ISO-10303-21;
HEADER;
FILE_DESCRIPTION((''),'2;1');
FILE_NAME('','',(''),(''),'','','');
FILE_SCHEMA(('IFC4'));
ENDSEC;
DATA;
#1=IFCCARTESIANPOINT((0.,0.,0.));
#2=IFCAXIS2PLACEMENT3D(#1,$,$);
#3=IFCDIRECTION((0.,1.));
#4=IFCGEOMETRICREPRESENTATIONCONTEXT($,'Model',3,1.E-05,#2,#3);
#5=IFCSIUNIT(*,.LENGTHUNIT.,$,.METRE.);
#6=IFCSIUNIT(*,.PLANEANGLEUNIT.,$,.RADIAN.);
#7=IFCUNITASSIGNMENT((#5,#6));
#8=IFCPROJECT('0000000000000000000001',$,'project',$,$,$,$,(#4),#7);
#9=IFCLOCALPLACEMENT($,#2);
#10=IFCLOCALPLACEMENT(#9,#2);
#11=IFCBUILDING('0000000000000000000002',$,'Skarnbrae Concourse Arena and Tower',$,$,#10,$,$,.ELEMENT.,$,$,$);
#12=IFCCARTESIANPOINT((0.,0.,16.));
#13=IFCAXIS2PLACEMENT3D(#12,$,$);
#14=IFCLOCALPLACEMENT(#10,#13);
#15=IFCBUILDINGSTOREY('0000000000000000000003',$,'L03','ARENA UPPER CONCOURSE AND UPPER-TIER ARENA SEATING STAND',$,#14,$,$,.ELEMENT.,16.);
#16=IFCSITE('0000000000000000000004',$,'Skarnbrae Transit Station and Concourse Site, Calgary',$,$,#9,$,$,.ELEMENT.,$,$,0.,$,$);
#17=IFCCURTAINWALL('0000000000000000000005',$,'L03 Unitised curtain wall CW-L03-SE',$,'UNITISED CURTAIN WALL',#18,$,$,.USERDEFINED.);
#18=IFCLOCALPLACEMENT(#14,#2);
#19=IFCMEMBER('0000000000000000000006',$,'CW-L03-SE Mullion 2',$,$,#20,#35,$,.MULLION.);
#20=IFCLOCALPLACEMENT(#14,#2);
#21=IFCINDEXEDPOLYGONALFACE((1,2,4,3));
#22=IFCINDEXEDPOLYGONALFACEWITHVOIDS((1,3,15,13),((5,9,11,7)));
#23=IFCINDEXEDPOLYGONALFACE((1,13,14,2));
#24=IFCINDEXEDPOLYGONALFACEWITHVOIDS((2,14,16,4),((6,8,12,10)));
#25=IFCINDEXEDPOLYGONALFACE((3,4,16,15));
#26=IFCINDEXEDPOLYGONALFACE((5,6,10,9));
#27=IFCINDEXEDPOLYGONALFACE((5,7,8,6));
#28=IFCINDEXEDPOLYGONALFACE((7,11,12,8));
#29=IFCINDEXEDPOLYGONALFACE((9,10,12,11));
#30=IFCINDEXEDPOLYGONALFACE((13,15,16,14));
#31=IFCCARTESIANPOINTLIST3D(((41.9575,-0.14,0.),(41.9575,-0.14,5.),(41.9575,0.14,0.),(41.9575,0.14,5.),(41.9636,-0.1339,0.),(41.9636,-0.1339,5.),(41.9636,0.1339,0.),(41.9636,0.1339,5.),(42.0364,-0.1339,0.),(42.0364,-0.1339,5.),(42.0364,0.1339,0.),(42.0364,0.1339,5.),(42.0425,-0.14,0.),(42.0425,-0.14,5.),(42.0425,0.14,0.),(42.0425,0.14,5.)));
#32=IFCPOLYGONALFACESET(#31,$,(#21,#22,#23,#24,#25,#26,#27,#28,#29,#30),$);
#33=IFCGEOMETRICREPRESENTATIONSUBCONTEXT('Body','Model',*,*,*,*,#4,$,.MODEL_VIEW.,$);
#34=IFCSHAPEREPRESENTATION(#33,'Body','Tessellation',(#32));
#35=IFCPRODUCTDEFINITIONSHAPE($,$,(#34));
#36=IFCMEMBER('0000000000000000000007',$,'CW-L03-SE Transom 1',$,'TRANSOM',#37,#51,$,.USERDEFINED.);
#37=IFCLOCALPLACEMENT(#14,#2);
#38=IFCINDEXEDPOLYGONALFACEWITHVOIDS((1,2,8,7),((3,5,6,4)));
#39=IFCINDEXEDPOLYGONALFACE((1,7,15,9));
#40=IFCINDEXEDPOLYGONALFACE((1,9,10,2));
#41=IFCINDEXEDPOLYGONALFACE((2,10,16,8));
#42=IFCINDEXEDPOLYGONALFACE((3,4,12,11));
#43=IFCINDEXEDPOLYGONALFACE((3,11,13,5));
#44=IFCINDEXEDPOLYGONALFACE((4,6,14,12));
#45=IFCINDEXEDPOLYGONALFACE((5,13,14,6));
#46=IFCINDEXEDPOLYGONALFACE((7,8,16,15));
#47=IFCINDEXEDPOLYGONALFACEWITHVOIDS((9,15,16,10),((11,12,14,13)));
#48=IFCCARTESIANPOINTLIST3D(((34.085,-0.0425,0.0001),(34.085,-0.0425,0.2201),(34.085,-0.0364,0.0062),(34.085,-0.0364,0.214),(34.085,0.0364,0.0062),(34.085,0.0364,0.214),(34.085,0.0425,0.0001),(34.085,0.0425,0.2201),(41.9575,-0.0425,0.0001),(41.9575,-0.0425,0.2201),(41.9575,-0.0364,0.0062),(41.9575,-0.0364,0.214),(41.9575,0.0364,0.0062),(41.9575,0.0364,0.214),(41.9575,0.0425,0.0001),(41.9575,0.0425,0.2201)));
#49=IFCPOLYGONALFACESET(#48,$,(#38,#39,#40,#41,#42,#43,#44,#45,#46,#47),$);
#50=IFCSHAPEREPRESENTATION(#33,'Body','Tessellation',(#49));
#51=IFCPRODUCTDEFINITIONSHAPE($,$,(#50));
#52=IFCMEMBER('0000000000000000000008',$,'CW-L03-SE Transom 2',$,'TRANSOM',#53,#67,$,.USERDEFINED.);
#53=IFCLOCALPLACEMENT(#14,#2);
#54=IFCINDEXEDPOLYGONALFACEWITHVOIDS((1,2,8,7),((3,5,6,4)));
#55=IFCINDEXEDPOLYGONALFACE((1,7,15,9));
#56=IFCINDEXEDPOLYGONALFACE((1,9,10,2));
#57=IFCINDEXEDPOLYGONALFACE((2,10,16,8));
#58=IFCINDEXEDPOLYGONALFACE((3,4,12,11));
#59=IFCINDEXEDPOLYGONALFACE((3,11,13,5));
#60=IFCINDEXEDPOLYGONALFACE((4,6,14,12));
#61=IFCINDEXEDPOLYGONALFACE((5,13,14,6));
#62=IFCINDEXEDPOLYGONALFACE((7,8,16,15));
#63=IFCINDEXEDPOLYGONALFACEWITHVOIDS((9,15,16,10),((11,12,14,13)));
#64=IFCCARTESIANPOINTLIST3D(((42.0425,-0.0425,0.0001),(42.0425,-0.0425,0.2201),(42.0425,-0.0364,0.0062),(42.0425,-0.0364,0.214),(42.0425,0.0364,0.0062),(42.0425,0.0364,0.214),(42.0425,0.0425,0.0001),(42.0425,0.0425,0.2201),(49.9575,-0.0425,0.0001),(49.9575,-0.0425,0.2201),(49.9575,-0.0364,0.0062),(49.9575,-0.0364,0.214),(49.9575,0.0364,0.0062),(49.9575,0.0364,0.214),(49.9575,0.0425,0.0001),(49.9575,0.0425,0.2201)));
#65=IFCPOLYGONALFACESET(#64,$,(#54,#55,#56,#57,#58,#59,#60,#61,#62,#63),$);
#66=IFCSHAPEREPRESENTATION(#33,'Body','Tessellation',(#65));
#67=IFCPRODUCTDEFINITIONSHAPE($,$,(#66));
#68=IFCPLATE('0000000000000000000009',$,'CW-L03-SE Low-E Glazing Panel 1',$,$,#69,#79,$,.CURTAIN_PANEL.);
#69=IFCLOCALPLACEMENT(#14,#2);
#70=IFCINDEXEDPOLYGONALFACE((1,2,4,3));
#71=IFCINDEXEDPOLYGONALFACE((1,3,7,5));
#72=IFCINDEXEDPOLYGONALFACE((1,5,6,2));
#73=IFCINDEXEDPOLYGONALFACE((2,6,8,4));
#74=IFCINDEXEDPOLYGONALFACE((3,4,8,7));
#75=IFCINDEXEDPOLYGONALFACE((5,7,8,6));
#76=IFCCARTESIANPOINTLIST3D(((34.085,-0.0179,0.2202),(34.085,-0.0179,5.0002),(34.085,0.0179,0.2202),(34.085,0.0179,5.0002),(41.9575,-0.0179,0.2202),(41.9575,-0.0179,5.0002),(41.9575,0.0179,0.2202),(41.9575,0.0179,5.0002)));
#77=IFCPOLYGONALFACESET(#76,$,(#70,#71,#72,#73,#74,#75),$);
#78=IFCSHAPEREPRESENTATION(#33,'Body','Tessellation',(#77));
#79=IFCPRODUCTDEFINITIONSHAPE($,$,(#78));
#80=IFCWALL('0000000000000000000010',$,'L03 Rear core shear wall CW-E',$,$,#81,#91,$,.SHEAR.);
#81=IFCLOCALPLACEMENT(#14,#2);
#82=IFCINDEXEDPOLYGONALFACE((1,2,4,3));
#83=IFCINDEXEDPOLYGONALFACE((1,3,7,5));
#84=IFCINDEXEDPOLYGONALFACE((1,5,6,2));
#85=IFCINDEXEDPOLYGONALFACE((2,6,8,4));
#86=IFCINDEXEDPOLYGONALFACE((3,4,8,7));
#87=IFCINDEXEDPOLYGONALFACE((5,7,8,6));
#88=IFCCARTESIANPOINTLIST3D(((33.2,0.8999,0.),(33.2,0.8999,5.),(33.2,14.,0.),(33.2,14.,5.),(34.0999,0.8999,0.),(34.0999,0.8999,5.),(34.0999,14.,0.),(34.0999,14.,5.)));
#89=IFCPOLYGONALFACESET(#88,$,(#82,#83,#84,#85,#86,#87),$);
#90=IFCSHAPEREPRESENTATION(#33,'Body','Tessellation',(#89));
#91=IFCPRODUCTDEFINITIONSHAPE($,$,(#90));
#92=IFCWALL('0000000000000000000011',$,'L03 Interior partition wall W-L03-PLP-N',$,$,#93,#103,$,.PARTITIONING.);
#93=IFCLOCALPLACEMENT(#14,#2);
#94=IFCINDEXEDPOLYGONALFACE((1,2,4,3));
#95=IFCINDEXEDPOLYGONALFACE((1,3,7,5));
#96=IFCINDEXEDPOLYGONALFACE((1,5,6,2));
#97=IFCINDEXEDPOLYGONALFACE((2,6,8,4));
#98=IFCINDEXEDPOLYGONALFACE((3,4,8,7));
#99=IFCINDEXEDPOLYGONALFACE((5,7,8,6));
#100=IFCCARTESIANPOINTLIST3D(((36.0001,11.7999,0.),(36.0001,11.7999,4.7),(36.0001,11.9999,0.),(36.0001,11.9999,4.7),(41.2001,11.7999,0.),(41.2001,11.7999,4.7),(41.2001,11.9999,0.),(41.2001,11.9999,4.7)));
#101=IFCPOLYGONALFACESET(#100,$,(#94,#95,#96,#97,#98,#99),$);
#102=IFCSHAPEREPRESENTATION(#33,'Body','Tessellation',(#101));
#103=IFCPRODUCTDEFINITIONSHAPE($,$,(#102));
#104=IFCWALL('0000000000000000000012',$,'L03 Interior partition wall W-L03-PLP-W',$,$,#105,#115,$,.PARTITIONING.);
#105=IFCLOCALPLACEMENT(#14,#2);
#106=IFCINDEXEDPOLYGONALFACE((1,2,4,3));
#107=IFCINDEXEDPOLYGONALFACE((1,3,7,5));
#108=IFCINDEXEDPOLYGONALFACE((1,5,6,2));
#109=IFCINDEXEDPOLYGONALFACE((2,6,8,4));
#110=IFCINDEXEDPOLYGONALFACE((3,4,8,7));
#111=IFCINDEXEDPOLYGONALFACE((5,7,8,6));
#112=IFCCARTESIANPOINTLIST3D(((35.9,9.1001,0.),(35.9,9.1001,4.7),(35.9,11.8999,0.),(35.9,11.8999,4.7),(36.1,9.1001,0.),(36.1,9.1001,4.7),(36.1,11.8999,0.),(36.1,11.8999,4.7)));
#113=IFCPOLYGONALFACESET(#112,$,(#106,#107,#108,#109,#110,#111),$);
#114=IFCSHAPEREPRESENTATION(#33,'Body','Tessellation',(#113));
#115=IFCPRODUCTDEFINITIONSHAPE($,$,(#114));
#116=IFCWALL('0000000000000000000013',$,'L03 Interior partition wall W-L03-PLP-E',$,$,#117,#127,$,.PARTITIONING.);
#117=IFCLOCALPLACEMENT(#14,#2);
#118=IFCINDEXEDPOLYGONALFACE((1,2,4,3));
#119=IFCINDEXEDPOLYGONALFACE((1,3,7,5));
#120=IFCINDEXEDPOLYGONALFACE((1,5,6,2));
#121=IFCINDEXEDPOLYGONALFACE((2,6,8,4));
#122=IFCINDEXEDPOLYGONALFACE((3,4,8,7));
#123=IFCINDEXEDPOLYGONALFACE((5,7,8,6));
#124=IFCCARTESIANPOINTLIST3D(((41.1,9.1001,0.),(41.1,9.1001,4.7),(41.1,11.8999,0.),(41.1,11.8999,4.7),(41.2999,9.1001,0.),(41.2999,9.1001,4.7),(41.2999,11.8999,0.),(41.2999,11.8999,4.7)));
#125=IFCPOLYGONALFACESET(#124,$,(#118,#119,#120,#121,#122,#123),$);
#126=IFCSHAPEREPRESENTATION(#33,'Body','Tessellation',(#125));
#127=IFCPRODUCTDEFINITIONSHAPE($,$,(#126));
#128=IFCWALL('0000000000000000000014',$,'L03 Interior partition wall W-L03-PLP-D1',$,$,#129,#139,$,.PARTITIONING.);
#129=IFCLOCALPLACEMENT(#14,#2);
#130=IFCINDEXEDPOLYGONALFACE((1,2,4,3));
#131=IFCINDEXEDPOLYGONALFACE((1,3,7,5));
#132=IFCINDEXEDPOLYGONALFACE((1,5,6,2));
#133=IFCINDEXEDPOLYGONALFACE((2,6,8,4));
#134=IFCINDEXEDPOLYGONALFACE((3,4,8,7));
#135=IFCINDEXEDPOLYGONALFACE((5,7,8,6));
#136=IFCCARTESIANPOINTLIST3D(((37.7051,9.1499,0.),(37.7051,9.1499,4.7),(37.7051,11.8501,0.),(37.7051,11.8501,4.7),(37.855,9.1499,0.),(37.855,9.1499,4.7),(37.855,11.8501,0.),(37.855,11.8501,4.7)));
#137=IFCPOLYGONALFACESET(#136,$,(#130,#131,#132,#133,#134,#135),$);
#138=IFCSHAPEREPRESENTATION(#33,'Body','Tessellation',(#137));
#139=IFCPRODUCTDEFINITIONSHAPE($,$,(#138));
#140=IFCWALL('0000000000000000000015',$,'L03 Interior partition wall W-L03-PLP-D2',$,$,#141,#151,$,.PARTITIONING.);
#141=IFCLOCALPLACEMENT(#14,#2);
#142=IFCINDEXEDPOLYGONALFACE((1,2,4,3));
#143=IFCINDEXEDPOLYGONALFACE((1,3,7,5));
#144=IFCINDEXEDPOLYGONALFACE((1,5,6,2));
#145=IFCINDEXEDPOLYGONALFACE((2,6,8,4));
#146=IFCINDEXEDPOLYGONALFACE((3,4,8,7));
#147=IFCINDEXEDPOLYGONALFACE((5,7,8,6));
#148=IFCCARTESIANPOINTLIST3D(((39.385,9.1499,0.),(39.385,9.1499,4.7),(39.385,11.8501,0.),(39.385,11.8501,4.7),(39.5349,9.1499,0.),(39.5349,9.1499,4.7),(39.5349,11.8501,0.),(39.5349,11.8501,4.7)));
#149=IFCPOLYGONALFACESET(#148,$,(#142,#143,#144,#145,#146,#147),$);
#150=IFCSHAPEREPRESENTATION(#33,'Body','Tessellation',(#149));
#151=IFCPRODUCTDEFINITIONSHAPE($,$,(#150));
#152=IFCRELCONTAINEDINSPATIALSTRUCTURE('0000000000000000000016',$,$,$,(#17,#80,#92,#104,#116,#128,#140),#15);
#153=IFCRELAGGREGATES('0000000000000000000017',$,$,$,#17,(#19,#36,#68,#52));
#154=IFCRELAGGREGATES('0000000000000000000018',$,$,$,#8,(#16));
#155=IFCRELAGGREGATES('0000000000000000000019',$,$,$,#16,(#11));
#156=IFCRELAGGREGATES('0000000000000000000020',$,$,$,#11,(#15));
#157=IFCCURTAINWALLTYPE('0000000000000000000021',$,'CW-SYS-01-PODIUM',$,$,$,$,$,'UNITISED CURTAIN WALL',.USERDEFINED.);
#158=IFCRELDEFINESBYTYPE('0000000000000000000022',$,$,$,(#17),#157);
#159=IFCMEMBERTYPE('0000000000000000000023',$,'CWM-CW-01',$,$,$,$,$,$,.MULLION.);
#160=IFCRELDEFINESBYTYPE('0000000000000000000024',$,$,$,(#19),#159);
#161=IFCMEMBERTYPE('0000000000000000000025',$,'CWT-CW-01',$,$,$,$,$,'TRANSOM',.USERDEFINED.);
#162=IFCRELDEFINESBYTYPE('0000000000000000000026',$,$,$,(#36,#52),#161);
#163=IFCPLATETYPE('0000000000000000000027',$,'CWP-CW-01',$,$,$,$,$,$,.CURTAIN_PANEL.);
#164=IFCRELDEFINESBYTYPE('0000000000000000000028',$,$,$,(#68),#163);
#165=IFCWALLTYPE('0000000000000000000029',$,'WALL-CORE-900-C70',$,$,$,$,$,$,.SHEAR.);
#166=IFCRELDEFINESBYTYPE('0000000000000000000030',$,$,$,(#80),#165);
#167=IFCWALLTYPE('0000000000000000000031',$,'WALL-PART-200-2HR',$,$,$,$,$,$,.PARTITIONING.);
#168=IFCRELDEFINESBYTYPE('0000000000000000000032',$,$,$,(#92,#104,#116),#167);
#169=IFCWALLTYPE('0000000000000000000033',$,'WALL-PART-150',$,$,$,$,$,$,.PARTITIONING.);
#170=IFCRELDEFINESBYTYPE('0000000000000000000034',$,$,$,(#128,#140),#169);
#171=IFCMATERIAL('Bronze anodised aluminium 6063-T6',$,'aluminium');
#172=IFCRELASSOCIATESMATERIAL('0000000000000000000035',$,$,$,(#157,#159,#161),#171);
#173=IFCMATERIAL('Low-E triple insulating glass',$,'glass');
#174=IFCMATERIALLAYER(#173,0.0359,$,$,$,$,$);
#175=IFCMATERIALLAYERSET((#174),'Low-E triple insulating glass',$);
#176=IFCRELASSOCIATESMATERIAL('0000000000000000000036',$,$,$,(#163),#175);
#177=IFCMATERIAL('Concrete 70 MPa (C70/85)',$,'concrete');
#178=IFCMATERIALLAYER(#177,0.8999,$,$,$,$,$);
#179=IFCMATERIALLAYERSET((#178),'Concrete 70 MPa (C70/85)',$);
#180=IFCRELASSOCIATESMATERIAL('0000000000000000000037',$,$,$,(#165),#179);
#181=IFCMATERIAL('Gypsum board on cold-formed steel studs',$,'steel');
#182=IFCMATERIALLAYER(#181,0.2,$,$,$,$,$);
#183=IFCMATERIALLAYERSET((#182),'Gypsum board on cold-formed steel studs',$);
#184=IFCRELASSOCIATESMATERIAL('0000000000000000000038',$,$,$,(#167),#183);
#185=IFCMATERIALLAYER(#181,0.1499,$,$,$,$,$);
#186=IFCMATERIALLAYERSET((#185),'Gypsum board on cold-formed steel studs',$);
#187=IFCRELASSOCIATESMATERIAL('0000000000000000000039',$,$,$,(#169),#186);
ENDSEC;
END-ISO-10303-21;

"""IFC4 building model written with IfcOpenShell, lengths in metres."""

from ifc_helpers import new_model, si_unit, direction, frame, frame_2d, origin, origin_2d, place, context, subcontext, project, spatial, rectangle, hollow_rectangle, extrude, source, transform, mapped, material, layer, layer_set, material_profile, profile_set, type_object, element, aggregate, save


model = new_model("IFC4")

# Units and contexts
model_context = context("Model", 3, precision=1e-05, world=origin(), true_north=direction((0.0, 1.0)))
body_context = subcontext(model_context, "Body", "Model", "MODEL_VIEW")
ifc_project = project(units=[si_unit("LENGTHUNIT", "METRE"), si_unit("PLANEANGLEUNIT", "RADIAN")], contexts=[model_context])

# Site, building, storey
site_placement = place(None, origin())
site = spatial("IfcSite", under=ifc_project, at=site_placement, Name="Skarnbrae Transit Station and Concourse Site, Calgary", CompositionType="ELEMENT", RefElevation=0.0)
building_placement = place(site_placement, origin())
building = spatial("IfcBuilding", under=site, at=building_placement, Name="Skarnbrae Concourse Arena and Tower", CompositionType="ELEMENT")
storey_placement = place(building_placement, frame((0.0, 0.0, 16.0)))
storey = spatial("IfcBuildingStorey", under=building, at=storey_placement, Name="L03", Description="ARENA UPPER CONCOURSE AND UPPER-TIER ARENA SEATING STAND", CompositionType="ELEMENT", Elevation=16.0)

# Curtain wall, members, plate
ifc_material_1 = material(Name="Bronze anodised aluminium 6063-T6", Category="aluminium")
curtain_wall_type = type_object("IfcCurtainWallType", Name="CW-SYS-01-PODIUM", ElementType="UNITISED CURTAIN WALL", PredefinedType="USERDEFINED", material=ifc_material_1)
curtain_wall_placement = place(storey_placement, origin())
curtain_wall = element("IfcCurtainWall", 1, at=curtain_wall_placement, inside=storey, type_object=curtain_wall_type, Name="L03 Unitised curtain wall CW-L03-SE", ObjectType="UNITISED CURTAIN WALL", PredefinedType="USERDEFINED")
ifc_material_profile_1 = material_profile(ifc_material_1, hollow_rectangle(XDim=0.085, YDim=0.28, WallThickness=0.0061, at=origin_2d()), Name="ALU-MULL-85X280")
ifc_profile_set_1 = profile_set([ifc_material_profile_1], Name="Bronze anodised aluminium 6063-T6")
member_type_1 = type_object("IfcMemberType", Name="CWM-CW-01", PredefinedType="MULLION", material=ifc_profile_set_1)
shared_shape_1 = source(origin(), body_context, "Body", "SweptSolid", [
    extrude(hollow_rectangle(XDim=0.085, YDim=0.28, WallThickness=0.0061, at=origin_2d()), origin(), (0.0, 0.0, 1.0), 5.0),
])
member_1_placement = place(storey_placement, frame((42.0, 0.0, 0.0), z_axis=(0.0, 0.0, 1.0), x_axis=(1.0, 0.0, 0.0)))
member_1 = element("IfcMember", 2, at=member_1_placement, type_object=member_type_1, Name="CW-L03-SE Mullion 2", PredefinedType="MULLION", context=body_context, shape_type="MappedRepresentation", body=[
    mapped(shared_shape_1, transform((0.0, 0.0, 0.0))),
])
ifc_material_profile_2 = material_profile(ifc_material_1, hollow_rectangle(XDim=0.085, YDim=0.22, WallThickness=0.0061, at=origin_2d()), Name="ALU-TRAN-85X220")
ifc_profile_set_2 = profile_set([ifc_material_profile_2], Name="Bronze anodised aluminium 6063-T6")
member_type_2 = type_object("IfcMemberType", Name="CWT-CW-01", ElementType="TRANSOM", PredefinedType="USERDEFINED", material=ifc_profile_set_2)
shared_shape_2 = source(origin(), body_context, "Body", "SweptSolid", [
    extrude(hollow_rectangle(XDim=0.085, YDim=0.22, WallThickness=0.0061, at=origin_2d()), origin(), (0.0, 0.0, 1.0), 7.8726),
])
member_2_placement = place(storey_placement, frame((34.085, 0.0, 0.1101), z_axis=(1.0, 0.0, 0.0), x_axis=(0.0, 1.0, 0.0)))
member_2 = element("IfcMember", 3, at=member_2_placement, type_object=member_type_2, Name="CW-L03-SE Transom 1", ObjectType="TRANSOM", PredefinedType="USERDEFINED", context=body_context, shape_type="MappedRepresentation", body=[
    mapped(shared_shape_2, transform((0.0, 0.0, 0.0))),
])
shared_shape_3 = source(origin(), body_context, "Body", "SweptSolid", [
    extrude(hollow_rectangle(XDim=0.085, YDim=0.22, WallThickness=0.0061, at=origin_2d()), origin(), (0.0, 0.0, 1.0), 7.915),
])
member_3_placement = place(storey_placement, frame((42.0425, 0.0, 0.1101), z_axis=(1.0, 0.0, 0.0), x_axis=(0.0, 1.0, 0.0)))
member_3 = element("IfcMember", 4, at=member_3_placement, type_object=member_type_2, Name="CW-L03-SE Transom 2", ObjectType="TRANSOM", PredefinedType="USERDEFINED", context=body_context, shape_type="MappedRepresentation", body=[
    mapped(shared_shape_3, transform((0.0, 0.0, 0.0))),
])
ifc_material_2 = material(Name="Low-E triple insulating glass", Category="glass")
ifc_layer_1 = layer(ifc_material_2, 0.0359)
ifc_layer_set_1 = layer_set([ifc_layer_1], Name="Low-E triple insulating glass")
plate_type = type_object("IfcPlateType", Name="CWP-CW-01", PredefinedType="CURTAIN_PANEL", material=ifc_layer_set_1)
shared_shape_4 = source(origin(), body_context, "Body", "SweptSolid", [
    extrude(rectangle(XDim=7.8726, YDim=0.0359, at=origin_2d()), origin(), (0.0, 0.0, 1.0), 4.78),
])
plate_placement = place(storey_placement, frame((38.0212, 0.0, 0.2202), z_axis=(0.0, 0.0, 1.0), x_axis=(1.0, 0.0, 0.0)))
plate = element("IfcPlate", 5, at=plate_placement, type_object=plate_type, Name="CW-L03-SE Low-E Glazing Panel 1", PredefinedType="CURTAIN_PANEL", context=body_context, shape_type="MappedRepresentation", body=[
    mapped(shared_shape_4, transform((0.0, 0.0, 0.0))),
])
aggregate(curtain_wall, [member_1, member_2, plate, member_3])

# Wall
ifc_material_3 = material(Name="Concrete 70 MPa (C70/85)", Category="concrete")
ifc_layer_2 = layer(ifc_material_3, 0.8999)
ifc_layer_set_2 = layer_set([ifc_layer_2], Name="Concrete 70 MPa (C70/85)")
wall_type_1 = type_object("IfcWallType", Name="WALL-CORE-900-C70", PredefinedType="SHEAR", material=ifc_layer_set_2)
shared_shape_5 = source(origin(), body_context, "Body", "SweptSolid", [
    extrude(rectangle(XDim=13.1001, YDim=0.8999, at=frame_2d((6.55, 0.0))), origin(), (0.0, 0.0, 1.0), 5.0),
])
wall_1_placement = place(storey_placement, frame((33.6499, 0.8999, 0.0), z_axis=(0.0, 0.0, 1.0), x_axis=(0.0, 1.0, 0.0)))
element("IfcWall", 6, at=wall_1_placement, inside=storey, type_object=wall_type_1, Name="L03 Rear core shear wall CW-E", PredefinedType="SHEAR", context=body_context, shape_type="MappedRepresentation", body=[
    mapped(shared_shape_5, transform((0.0, 0.0, 0.0))),
])

# Shared definitions
ifc_material_4 = material(Name="Gypsum board on cold-formed steel studs", Category="steel")
ifc_layer_3 = layer(ifc_material_4, 0.2)
ifc_layer_set_3 = layer_set([ifc_layer_3], Name="Gypsum board on cold-formed steel studs")
wall_type_2 = type_object("IfcWallType", Name="WALL-PART-200-2HR", PredefinedType="PARTITIONING", material=ifc_layer_set_3)
shared_shape_6 = source(origin(), body_context, "Body", "SweptSolid", [
    extrude(rectangle(XDim=5.2, YDim=0.2, at=frame_2d((2.6001, 0.0))), origin(), (0.0, 0.0, 1.0), 4.7),
])

# Walls
wall_2_placement = place(storey_placement, frame((36.0, 11.8999, 0.0), z_axis=(0.0, 0.0, 1.0), x_axis=(1.0, 0.0, 0.0)))
element("IfcWall", 7, at=wall_2_placement, inside=storey, type_object=wall_type_2, Name="L03 Interior partition wall W-L03-PLP-N", PredefinedType="PARTITIONING", context=body_context, shape_type="MappedRepresentation", body=[
    mapped(shared_shape_6, transform((0.0, 0.0, 0.0))),
])
shared_shape_7 = source(origin(), body_context, "Body", "SweptSolid", [
    extrude(rectangle(XDim=2.7998, YDim=0.2, at=frame_2d((1.3999, 0.0))), origin(), (0.0, 0.0, 1.0), 4.7),
])
for number, where, z_axis, x_axis, name in (
    (8, (36.0, 9.1001, 0.0), (0.0, 0.0, 1.0), (0.0, 1.0, 0.0), "L03 Interior partition wall W-L03-PLP-W"),
    (9, (41.2, 9.1001, 0.0), (0.0, 0.0, 1.0), (0.0, 1.0, 0.0), "L03 Interior partition wall W-L03-PLP-E"),
):
    element("IfcWall", number, at=place(storey_placement, frame(where, z_axis=z_axis, x_axis=x_axis)), inside=storey, type_object=wall_type_2, Name=name, PredefinedType="PARTITIONING", context=body_context, shape_type="MappedRepresentation", body=[
        mapped(shared_shape_7, transform((0.0, 0.0, 0.0))),
    ])
ifc_layer_4 = layer(ifc_material_4, 0.1499)
ifc_layer_set_4 = layer_set([ifc_layer_4], Name="Gypsum board on cold-formed steel studs")
wall_type_3 = type_object("IfcWallType", Name="WALL-PART-150", PredefinedType="PARTITIONING", material=ifc_layer_set_4)
shared_shape_8 = source(origin(), body_context, "Body", "SweptSolid", [
    extrude(rectangle(XDim=2.7002, YDim=0.1499, at=frame_2d((1.3501, 0.0))), origin(), (0.0, 0.0, 1.0), 4.7),
])
for number, where, z_axis, x_axis, name in (
    (10, (37.78, 9.1499, 0.0), (0.0, 0.0, 1.0), (0.0, 1.0, 0.0), "L03 Interior partition wall W-L03-PLP-D1"),
    (11, (39.46, 9.1499, 0.0), (0.0, 0.0, 1.0), (0.0, 1.0, 0.0), "L03 Interior partition wall W-L03-PLP-D2"),
):
    element("IfcWall", number, at=place(storey_placement, frame(where, z_axis=z_axis, x_axis=x_axis)), inside=storey, type_object=wall_type_3, Name=name, PredefinedType="PARTITIONING", context=body_context, shape_type="MappedRepresentation", body=[
        mapped(shared_shape_8, transform((0.0, 0.0, 0.0))),
    ])

save(model, "model.ifc")
